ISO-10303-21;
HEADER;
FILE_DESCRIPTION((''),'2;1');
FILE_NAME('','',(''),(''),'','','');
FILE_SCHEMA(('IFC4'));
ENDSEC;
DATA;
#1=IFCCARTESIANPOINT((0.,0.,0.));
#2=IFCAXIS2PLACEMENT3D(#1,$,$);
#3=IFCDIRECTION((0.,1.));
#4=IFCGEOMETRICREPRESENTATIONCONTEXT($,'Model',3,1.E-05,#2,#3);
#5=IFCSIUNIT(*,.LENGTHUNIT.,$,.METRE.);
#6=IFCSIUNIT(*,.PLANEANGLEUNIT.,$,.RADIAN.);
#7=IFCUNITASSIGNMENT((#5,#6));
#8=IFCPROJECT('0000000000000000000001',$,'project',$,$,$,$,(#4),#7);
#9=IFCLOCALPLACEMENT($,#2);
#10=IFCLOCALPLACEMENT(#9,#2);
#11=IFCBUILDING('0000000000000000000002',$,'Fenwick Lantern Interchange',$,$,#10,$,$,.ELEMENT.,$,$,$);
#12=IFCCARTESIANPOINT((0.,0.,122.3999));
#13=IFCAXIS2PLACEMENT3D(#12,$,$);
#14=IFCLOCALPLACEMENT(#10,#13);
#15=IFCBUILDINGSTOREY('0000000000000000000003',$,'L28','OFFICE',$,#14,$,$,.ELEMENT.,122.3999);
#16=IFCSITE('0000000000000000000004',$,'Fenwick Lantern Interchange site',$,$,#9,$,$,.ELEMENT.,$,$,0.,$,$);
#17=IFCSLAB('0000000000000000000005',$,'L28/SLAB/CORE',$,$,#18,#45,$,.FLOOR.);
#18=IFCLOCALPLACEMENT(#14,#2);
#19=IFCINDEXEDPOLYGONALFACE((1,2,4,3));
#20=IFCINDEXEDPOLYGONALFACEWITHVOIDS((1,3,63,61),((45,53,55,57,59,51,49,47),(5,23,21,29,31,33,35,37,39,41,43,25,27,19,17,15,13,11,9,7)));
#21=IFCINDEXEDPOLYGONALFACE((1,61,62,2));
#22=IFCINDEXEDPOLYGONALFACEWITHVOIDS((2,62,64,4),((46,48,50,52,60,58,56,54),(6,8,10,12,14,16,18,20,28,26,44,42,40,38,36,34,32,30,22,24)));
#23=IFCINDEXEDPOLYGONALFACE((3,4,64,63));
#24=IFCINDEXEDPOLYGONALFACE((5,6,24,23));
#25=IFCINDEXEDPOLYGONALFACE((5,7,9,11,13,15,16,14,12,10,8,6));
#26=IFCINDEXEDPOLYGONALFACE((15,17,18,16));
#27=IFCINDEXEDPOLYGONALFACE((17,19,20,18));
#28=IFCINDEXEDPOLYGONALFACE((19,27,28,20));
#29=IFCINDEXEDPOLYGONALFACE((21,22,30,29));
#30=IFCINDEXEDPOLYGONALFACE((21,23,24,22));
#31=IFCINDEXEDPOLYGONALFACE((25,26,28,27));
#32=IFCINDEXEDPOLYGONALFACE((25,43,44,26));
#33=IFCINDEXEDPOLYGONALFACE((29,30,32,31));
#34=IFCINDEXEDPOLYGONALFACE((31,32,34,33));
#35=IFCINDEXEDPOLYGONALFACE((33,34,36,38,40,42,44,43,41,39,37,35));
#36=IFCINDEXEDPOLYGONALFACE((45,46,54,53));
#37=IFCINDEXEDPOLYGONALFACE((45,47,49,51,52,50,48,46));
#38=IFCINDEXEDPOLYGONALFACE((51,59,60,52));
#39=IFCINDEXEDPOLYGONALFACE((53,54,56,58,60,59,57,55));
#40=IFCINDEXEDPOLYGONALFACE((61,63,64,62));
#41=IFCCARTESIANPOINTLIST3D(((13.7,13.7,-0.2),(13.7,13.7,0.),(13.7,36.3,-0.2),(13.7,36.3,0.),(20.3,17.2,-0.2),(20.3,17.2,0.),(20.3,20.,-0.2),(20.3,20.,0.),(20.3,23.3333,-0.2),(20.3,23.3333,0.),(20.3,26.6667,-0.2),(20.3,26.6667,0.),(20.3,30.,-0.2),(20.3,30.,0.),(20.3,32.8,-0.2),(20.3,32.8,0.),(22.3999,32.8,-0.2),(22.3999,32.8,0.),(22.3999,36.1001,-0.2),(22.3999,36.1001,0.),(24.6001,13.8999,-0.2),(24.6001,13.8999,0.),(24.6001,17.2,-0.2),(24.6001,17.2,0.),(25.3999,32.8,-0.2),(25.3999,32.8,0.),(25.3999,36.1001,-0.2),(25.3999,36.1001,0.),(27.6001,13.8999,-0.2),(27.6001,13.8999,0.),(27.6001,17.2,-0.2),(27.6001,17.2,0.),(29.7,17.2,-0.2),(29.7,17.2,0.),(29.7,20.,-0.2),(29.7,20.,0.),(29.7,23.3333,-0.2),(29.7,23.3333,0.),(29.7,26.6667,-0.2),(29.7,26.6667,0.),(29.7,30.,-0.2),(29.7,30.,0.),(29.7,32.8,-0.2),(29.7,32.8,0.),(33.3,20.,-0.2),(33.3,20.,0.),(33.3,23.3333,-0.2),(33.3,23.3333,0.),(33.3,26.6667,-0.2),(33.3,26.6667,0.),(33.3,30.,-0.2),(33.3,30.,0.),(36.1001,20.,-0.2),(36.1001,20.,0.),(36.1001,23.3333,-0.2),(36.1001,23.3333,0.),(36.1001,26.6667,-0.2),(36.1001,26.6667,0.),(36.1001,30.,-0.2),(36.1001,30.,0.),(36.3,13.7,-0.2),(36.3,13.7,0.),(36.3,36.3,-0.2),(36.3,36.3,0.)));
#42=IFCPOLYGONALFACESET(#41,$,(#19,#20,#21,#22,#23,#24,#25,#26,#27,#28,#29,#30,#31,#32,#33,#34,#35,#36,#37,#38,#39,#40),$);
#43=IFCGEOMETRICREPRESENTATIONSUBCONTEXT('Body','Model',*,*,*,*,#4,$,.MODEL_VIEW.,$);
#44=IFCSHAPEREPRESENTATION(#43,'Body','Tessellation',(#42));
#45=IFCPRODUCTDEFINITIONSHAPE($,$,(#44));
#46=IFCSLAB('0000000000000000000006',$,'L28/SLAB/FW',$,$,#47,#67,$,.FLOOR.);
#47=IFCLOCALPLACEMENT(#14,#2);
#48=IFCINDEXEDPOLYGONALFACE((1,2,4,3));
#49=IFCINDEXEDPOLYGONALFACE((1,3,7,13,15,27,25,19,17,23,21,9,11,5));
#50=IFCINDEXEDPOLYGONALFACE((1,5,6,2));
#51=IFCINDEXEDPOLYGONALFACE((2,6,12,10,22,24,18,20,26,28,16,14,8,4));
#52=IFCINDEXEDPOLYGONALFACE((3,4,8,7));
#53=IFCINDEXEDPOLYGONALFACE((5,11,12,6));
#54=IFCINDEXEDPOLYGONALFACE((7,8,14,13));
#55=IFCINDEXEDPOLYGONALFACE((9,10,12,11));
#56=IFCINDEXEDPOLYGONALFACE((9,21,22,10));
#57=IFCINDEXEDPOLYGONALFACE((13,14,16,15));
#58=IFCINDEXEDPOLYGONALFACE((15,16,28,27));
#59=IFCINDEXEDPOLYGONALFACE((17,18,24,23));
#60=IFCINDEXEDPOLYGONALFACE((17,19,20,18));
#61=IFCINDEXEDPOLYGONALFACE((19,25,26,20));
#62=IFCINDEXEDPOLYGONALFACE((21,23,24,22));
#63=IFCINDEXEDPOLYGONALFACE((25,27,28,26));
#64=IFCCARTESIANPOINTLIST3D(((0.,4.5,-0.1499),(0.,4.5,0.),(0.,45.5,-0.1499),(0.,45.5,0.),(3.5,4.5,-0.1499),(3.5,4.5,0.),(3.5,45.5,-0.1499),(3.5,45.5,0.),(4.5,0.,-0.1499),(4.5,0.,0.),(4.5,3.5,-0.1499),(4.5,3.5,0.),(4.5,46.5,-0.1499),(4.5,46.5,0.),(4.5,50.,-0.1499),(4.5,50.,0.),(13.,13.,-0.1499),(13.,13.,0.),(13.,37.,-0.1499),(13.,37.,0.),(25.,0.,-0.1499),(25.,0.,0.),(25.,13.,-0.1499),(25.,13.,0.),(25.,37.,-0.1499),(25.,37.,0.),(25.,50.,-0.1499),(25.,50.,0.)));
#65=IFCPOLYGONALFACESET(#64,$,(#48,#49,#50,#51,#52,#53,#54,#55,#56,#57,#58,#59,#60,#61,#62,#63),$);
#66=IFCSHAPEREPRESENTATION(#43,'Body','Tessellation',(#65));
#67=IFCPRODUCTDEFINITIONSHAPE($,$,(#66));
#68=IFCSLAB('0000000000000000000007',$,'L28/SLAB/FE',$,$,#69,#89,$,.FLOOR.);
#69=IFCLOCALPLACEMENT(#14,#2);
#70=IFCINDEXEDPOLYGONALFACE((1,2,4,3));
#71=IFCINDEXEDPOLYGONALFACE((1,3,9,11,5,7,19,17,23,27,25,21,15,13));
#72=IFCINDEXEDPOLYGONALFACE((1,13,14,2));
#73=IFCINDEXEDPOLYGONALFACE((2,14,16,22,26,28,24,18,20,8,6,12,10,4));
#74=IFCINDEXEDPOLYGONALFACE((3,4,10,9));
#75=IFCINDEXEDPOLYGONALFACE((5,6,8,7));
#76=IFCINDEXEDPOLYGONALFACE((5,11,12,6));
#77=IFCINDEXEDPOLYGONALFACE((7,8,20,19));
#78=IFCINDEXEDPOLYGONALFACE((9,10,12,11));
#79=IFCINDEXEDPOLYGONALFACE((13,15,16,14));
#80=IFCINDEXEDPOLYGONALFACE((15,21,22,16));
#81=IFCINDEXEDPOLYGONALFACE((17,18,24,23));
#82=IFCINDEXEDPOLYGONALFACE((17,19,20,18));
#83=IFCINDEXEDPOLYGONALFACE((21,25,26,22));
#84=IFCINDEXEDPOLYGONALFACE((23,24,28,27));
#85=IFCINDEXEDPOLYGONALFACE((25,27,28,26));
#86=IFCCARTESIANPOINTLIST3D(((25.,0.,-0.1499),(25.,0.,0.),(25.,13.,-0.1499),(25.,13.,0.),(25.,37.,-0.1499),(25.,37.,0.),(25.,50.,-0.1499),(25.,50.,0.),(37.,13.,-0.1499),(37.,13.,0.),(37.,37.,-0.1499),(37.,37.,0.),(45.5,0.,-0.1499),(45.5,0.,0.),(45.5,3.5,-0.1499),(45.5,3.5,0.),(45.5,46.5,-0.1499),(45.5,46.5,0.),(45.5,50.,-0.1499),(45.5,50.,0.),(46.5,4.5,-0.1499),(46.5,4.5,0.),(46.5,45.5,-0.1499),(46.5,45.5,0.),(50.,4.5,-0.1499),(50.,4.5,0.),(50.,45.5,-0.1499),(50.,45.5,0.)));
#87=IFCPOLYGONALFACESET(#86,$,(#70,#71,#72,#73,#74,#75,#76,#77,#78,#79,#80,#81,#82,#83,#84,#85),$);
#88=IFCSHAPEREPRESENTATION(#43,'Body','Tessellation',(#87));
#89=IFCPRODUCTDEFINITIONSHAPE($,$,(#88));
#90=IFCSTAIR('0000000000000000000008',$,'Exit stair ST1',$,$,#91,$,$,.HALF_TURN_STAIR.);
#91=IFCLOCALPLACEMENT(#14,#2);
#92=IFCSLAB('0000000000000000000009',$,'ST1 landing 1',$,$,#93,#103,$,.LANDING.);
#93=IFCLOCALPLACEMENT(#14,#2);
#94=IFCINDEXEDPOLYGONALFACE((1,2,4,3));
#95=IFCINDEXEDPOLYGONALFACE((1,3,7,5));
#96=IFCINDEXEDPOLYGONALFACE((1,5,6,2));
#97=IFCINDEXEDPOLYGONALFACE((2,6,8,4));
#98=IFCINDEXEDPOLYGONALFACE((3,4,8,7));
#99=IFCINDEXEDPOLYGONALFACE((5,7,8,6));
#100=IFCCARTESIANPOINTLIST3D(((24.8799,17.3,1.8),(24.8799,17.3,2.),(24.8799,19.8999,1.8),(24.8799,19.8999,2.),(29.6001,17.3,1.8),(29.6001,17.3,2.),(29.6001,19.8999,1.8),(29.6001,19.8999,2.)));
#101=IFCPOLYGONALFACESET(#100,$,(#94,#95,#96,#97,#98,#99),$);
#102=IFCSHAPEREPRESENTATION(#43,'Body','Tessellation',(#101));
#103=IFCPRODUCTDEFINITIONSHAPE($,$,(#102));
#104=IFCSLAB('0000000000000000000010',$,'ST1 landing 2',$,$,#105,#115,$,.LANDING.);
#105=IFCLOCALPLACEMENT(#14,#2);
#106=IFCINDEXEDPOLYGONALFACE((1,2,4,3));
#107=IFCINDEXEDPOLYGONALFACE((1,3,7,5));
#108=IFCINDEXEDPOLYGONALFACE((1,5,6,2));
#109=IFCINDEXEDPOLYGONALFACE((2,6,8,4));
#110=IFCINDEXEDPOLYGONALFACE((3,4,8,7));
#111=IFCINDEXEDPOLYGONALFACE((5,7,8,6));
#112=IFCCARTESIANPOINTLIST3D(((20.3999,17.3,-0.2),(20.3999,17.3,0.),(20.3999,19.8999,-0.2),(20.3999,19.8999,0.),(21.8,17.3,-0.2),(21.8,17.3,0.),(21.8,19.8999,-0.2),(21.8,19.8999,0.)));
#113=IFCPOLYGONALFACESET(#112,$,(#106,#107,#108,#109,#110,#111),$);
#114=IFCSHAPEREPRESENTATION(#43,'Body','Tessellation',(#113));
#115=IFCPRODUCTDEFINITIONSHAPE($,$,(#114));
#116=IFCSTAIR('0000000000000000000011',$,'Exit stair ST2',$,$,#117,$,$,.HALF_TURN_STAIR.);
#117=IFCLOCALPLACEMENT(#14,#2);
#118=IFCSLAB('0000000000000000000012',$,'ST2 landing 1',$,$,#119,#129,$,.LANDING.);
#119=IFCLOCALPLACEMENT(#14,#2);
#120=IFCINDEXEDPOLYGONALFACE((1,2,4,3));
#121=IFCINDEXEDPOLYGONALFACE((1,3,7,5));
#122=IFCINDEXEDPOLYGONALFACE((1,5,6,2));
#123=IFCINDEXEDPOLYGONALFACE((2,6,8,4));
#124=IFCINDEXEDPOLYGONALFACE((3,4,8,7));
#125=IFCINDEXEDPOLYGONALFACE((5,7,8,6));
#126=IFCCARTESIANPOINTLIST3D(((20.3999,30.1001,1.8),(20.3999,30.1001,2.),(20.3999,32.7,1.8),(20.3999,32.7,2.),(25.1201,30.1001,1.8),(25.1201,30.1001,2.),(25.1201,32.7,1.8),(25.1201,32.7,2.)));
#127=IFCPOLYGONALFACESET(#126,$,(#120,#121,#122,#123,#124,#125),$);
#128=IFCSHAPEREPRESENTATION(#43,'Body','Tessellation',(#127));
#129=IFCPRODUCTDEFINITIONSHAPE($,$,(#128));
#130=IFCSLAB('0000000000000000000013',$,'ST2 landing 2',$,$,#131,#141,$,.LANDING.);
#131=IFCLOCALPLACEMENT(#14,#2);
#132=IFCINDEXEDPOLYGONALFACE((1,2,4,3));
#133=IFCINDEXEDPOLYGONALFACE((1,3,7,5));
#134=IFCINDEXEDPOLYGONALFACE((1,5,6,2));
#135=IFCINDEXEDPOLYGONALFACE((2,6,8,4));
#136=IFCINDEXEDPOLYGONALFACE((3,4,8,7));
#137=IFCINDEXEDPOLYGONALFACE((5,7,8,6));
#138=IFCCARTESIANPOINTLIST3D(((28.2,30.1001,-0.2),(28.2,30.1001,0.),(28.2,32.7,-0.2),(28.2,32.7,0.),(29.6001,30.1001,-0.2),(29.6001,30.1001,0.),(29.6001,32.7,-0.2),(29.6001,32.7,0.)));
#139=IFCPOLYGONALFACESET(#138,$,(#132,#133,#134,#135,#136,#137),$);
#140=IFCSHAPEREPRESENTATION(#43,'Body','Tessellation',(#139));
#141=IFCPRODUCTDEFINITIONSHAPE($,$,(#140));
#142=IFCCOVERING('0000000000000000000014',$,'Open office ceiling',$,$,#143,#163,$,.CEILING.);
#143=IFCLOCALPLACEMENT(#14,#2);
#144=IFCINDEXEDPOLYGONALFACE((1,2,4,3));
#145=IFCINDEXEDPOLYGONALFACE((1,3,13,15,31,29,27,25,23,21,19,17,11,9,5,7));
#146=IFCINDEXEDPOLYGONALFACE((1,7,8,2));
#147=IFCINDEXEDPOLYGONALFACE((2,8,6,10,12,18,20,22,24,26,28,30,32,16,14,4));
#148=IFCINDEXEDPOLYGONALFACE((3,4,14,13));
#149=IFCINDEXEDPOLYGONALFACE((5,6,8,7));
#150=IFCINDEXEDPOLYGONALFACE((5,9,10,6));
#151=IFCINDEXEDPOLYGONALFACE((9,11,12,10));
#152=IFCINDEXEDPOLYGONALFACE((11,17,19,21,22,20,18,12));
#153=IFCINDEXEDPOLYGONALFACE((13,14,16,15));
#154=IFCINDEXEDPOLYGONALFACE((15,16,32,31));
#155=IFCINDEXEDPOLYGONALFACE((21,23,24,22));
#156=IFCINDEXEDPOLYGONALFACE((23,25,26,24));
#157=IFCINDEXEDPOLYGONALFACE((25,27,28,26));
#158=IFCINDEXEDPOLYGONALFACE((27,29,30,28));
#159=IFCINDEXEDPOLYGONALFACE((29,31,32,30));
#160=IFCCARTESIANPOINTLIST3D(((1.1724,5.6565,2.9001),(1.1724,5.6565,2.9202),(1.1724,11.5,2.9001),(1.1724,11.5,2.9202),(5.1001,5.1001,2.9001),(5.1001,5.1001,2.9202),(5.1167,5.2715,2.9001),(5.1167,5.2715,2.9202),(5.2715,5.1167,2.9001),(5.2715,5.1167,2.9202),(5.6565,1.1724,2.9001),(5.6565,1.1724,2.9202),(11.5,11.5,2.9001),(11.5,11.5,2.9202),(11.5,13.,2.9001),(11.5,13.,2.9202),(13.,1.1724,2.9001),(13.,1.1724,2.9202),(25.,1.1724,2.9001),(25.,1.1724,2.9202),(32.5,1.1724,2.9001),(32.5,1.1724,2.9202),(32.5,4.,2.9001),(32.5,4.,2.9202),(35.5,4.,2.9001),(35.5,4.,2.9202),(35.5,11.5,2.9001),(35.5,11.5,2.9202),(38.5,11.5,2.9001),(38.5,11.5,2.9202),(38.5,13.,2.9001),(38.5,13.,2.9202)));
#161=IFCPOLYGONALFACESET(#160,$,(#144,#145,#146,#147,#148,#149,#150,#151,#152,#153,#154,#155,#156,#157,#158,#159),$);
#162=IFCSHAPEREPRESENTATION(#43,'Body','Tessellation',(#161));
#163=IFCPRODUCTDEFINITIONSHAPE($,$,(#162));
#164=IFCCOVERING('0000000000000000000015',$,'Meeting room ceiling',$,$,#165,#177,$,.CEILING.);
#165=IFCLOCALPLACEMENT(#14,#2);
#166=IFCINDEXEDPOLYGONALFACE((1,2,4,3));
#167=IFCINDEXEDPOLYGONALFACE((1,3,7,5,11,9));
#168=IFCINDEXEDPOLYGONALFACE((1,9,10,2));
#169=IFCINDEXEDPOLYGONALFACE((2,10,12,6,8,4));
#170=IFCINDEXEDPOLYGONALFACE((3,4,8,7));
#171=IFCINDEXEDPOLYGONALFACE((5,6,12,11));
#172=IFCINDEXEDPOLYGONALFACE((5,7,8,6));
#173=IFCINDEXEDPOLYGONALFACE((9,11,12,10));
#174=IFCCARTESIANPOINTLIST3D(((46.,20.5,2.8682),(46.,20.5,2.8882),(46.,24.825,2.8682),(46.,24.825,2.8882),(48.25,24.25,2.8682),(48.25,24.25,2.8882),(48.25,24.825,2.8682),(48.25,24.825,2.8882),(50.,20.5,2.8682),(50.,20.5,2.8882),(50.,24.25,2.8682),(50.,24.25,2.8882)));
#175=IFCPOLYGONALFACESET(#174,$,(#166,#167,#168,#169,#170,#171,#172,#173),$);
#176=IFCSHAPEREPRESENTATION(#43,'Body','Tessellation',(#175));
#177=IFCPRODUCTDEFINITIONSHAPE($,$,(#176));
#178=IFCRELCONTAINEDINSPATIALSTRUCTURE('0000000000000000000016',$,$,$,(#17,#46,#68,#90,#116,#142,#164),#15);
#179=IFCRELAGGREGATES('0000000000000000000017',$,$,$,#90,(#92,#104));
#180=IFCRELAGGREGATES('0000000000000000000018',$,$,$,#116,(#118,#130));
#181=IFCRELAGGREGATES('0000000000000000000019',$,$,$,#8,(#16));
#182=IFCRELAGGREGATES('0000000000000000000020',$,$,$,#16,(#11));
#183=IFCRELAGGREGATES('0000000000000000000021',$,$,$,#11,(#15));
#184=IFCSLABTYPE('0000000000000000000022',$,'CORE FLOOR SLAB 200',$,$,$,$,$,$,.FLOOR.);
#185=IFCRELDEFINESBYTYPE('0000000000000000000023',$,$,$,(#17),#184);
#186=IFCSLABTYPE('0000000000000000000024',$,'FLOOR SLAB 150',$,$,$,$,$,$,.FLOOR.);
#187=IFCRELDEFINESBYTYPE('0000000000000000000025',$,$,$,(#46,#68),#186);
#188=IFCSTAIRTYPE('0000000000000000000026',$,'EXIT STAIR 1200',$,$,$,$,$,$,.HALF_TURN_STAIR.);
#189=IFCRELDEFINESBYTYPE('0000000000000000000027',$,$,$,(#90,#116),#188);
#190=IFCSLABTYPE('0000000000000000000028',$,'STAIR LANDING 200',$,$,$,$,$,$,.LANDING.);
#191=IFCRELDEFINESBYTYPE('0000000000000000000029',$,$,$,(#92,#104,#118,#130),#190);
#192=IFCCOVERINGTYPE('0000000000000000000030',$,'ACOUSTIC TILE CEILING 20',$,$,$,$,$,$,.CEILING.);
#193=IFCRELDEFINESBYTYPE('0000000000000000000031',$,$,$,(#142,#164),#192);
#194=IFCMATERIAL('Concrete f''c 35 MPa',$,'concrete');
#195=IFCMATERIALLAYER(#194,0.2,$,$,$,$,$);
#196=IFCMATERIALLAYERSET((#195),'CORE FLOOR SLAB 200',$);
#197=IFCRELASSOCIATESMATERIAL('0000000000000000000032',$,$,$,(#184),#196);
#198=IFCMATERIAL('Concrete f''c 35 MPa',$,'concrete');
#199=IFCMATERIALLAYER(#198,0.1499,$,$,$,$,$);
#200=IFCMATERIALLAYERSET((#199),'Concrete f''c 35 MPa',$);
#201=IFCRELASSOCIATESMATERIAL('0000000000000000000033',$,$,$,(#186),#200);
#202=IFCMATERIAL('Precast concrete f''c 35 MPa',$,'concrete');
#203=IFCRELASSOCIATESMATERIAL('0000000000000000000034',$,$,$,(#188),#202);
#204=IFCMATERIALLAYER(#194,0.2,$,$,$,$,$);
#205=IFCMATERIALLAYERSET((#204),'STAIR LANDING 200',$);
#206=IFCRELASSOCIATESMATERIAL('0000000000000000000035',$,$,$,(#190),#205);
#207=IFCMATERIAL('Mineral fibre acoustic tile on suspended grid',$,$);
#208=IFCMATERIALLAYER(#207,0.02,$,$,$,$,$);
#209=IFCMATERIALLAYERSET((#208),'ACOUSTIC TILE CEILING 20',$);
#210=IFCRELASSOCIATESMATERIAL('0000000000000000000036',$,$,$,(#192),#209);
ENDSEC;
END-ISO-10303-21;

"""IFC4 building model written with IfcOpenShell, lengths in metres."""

from ifc_helpers import new_model, si_unit, direction, frame, origin, place, context, subcontext, project, spatial, polyline, outline, extrude, material, layer, layer_set, type_object, element, aggregate, save


model = new_model("IFC4")

# Units and contexts
model_context = context("Model", 3, precision=1e-05, world=origin(), true_north=direction((0.0, 1.0)))
body_context = subcontext(model_context, "Body", "Model", "MODEL_VIEW")
ifc_project = project(units=[si_unit("LENGTHUNIT", "METRE"), si_unit("PLANEANGLEUNIT", "RADIAN")], contexts=[model_context])

# Site, building, storey
site_placement = place(None, origin())
site = spatial("IfcSite", under=ifc_project, at=site_placement, Name="Fenwick Lantern Interchange site", CompositionType="ELEMENT", RefElevation=0.0)
building_placement = place(site_placement, origin())
building = spatial("IfcBuilding", under=site, at=building_placement, Name="Fenwick Lantern Interchange", CompositionType="ELEMENT")
storey_placement = place(building_placement, frame((0.0, 0.0, 122.3999)))
storey = spatial("IfcBuildingStorey", under=building, at=storey_placement, Name="L28", Description="OFFICE", CompositionType="ELEMENT", Elevation=122.3999)

# Slabs
ifc_material_1 = material(Name="Concrete f'c 35 MPa", Category="concrete")
ifc_layer_1 = layer(ifc_material_1, 0.2)
ifc_layer_set_1 = layer_set([ifc_layer_1], Name="CORE FLOOR SLAB 200")
slab_type_1 = type_object("IfcSlabType", Name="CORE FLOOR SLAB 200", PredefinedType="FLOOR", material=ifc_layer_set_1)
slab_1_placement = place(storey_placement, frame((0.0, 0.0, -0.2)))
element("IfcSlab", 1, at=slab_1_placement, inside=storey, type_object=slab_type_1, Name="L28/SLAB/CORE", PredefinedType="FLOOR", context=body_context, shape_type="SweptSolid", body=[
    extrude(outline(polyline([(13.7, 36.3), (36.3, 36.3), (36.3, 13.7), (13.7, 13.7), (13.7, 36.3)]), holes=[polyline([(29.7, 17.2), (29.7, 20.0), (29.7, 23.3333), (29.7, 26.6667), (29.7, 30.0), (29.7, 32.8), (25.3999, 32.8), (25.3999, 36.1001), (22.3999, 36.1001), (22.3999, 32.8), (20.3, 32.8), (20.3, 30.0), (20.3, 26.6667), (20.3, 23.3333), (20.3, 20.0), (20.3, 17.2), (24.6001, 17.2), (24.6001, 13.8999), (27.6001, 13.8999), (27.6001, 17.2), (29.7, 17.2)]), polyline([(33.3, 23.3333), (33.3, 20.0), (36.1001, 20.0), (36.1001, 23.3333), (36.1001, 26.6667), (36.1001, 30.0), (33.3, 30.0), (33.3, 26.6667), (33.3, 23.3333)])]), origin(), (0.0, 0.0, 1.0), 0.2),
])
ifc_material_2 = material(Name="Concrete f'c 35 MPa", Category="concrete")
ifc_layer_2 = layer(ifc_material_2, 0.1499)
ifc_layer_set_2 = layer_set([ifc_layer_2], Name="Concrete f'c 35 MPa")
slab_type_2 = type_object("IfcSlabType", Name="FLOOR SLAB 150", PredefinedType="FLOOR", material=ifc_layer_set_2)
slab_2_placement = place(storey_placement, frame((0.0, 0.0, -0.1499)))
element("IfcSlab", 2, at=slab_2_placement, inside=storey, type_object=slab_type_2, Name="L28/SLAB/FW", PredefinedType="FLOOR", context=body_context, shape_type="SweptSolid", body=[
    extrude(outline(polyline([(4.5, 0.0), (4.5, 3.5), (3.5, 4.5), (0.0, 4.5), (0.0, 45.5), (3.5, 45.5), (4.5, 46.5), (4.5, 50.0), (25.0, 50.0), (25.0, 37.0), (13.0, 37.0), (13.0, 13.0), (25.0, 13.0), (25.0, 0.0), (4.5, 0.0)])), origin(), (0.0, 0.0, 1.0), 0.1499),
])
slab_3_placement = place(storey_placement, frame((0.0, 0.0, -0.1499)))
element("IfcSlab", 3, at=slab_3_placement, inside=storey, type_object=slab_type_2, Name="L28/SLAB/FE", PredefinedType="FLOOR", context=body_context, shape_type="SweptSolid", body=[
    extrude(outline(polyline([(45.5, 50.0), (45.5, 46.5), (46.5, 45.5), (50.0, 45.5), (50.0, 4.5), (46.5, 4.5), (45.5, 3.5), (45.5, 0.0), (25.0, 0.0), (25.0, 13.0), (37.0, 13.0), (37.0, 37.0), (25.0, 37.0), (25.0, 50.0), (45.5, 50.0)])), origin(), (0.0, 0.0, 1.0), 0.1499),
])

# Stairs, slabs
ifc_material_3 = material(Name="Precast concrete f'c 35 MPa", Category="concrete")
stair_type = type_object("IfcStairType", Name="EXIT STAIR 1200", PredefinedType="HALF_TURN_STAIR", material=ifc_material_3)
stair_1_placement = place(storey_placement, origin())
stair_1 = element("IfcStair", 4, at=stair_1_placement, inside=storey, type_object=stair_type, Name="Exit stair ST1", PredefinedType="HALF_TURN_STAIR")
ifc_layer_3 = layer(ifc_material_1, 0.2)
ifc_layer_set_3 = layer_set([ifc_layer_3], Name="STAIR LANDING 200")
slab_type_3 = type_object("IfcSlabType", Name="STAIR LANDING 200", PredefinedType="LANDING", material=ifc_layer_set_3)
slab_4_placement = place(storey_placement, frame((0.0, 0.0, 1.8)))
slab_4 = element("IfcSlab", 5, at=slab_4_placement, type_object=slab_type_3, Name="ST1 landing 1", PredefinedType="LANDING", context=body_context, shape_type="SweptSolid", body=[
    extrude(outline(polyline([(24.8799, 17.3), (29.6001, 17.3), (29.6001, 19.8999), (24.8799, 19.8999), (24.8799, 17.3)])), origin(), (0.0, 0.0, 1.0), 0.2),
])
slab_5_placement = place(storey_placement, frame((0.0, 0.0, -0.2)))
slab_5 = element("IfcSlab", 6, at=slab_5_placement, type_object=slab_type_3, Name="ST1 landing 2", PredefinedType="LANDING", context=body_context, shape_type="SweptSolid", body=[
    extrude(outline(polyline([(20.3999, 17.3), (21.8, 17.3), (21.8, 19.8999), (20.3999, 19.8999), (20.3999, 17.3)])), origin(), (0.0, 0.0, 1.0), 0.2),
])
aggregate(stair_1, [slab_4, slab_5])
stair_2_placement = place(storey_placement, origin())
stair_2 = element("IfcStair", 7, at=stair_2_placement, inside=storey, type_object=stair_type, Name="Exit stair ST2", PredefinedType="HALF_TURN_STAIR")
slab_6_placement = place(storey_placement, frame((0.0, 0.0, 1.8)))
slab_6 = element("IfcSlab", 8, at=slab_6_placement, type_object=slab_type_3, Name="ST2 landing 1", PredefinedType="LANDING", context=body_context, shape_type="SweptSolid", body=[
    extrude(outline(polyline([(25.1201, 32.7), (20.3999, 32.7), (20.3999, 30.1001), (25.1201, 30.1001), (25.1201, 32.7)])), origin(), (0.0, 0.0, 1.0), 0.2),
])
slab_7_placement = place(storey_placement, frame((0.0, 0.0, -0.2)))
slab_7 = element("IfcSlab", 9, at=slab_7_placement, type_object=slab_type_3, Name="ST2 landing 2", PredefinedType="LANDING", context=body_context, shape_type="SweptSolid", body=[
    extrude(outline(polyline([(29.6001, 32.7), (28.2, 32.7), (28.2, 30.1001), (29.6001, 30.1001), (29.6001, 32.7)])), origin(), (0.0, 0.0, 1.0), 0.2),
])
aggregate(stair_2, [slab_6, slab_7])

# Coverings
ifc_material_4 = material(Name="Mineral fibre acoustic tile on suspended grid")
ifc_layer_4 = layer(ifc_material_4, 0.02)
ifc_layer_set_4 = layer_set([ifc_layer_4], Name="ACOUSTIC TILE CEILING 20")
covering_type_1 = type_object("IfcCoveringType", Name="ACOUSTIC TILE CEILING 20", PredefinedType="CEILING", material=ifc_layer_set_4)
covering_1_placement = place(storey_placement, frame((0.0, 0.0, 2.9001)))
element("IfcCovering", 10, at=covering_1_placement, inside=storey, type_object=covering_type_1, Name="Open office ceiling", PredefinedType="CEILING", context=body_context, shape_type="SweptSolid", body=[
    extrude(outline(polyline([(11.5, 11.5), (1.1724, 11.5), (1.1724, 5.6565), (5.1167, 5.2715), (5.1001, 5.1001), (5.2715, 5.1167), (5.6565, 1.1724), (13.0, 1.1724), (25.0, 1.1724), (32.5, 1.1724), (32.5, 4.0), (35.5, 4.0), (35.5, 11.5), (38.5, 11.5), (38.5, 13.0), (11.5, 13.0), (11.5, 11.5)])), origin(), (0.0, 0.0, 1.0), 0.02),
])
covering_2_placement = place(storey_placement, frame((0.0, 0.0, 2.8682)))
element("IfcCovering", 11, at=covering_2_placement, inside=storey, type_object=covering_type_1, Name="Meeting room ceiling", PredefinedType="CEILING", context=body_context, shape_type="SweptSolid", body=[
    extrude(outline(polyline([(46.0, 20.5), (50.0, 20.5), (50.0, 24.25), (48.25, 24.25), (48.25, 24.825), (46.0, 24.825), (46.0, 20.5)])), origin(), (0.0, 0.0, 1.0), 0.02),
])

save(model, "model.ifc")
